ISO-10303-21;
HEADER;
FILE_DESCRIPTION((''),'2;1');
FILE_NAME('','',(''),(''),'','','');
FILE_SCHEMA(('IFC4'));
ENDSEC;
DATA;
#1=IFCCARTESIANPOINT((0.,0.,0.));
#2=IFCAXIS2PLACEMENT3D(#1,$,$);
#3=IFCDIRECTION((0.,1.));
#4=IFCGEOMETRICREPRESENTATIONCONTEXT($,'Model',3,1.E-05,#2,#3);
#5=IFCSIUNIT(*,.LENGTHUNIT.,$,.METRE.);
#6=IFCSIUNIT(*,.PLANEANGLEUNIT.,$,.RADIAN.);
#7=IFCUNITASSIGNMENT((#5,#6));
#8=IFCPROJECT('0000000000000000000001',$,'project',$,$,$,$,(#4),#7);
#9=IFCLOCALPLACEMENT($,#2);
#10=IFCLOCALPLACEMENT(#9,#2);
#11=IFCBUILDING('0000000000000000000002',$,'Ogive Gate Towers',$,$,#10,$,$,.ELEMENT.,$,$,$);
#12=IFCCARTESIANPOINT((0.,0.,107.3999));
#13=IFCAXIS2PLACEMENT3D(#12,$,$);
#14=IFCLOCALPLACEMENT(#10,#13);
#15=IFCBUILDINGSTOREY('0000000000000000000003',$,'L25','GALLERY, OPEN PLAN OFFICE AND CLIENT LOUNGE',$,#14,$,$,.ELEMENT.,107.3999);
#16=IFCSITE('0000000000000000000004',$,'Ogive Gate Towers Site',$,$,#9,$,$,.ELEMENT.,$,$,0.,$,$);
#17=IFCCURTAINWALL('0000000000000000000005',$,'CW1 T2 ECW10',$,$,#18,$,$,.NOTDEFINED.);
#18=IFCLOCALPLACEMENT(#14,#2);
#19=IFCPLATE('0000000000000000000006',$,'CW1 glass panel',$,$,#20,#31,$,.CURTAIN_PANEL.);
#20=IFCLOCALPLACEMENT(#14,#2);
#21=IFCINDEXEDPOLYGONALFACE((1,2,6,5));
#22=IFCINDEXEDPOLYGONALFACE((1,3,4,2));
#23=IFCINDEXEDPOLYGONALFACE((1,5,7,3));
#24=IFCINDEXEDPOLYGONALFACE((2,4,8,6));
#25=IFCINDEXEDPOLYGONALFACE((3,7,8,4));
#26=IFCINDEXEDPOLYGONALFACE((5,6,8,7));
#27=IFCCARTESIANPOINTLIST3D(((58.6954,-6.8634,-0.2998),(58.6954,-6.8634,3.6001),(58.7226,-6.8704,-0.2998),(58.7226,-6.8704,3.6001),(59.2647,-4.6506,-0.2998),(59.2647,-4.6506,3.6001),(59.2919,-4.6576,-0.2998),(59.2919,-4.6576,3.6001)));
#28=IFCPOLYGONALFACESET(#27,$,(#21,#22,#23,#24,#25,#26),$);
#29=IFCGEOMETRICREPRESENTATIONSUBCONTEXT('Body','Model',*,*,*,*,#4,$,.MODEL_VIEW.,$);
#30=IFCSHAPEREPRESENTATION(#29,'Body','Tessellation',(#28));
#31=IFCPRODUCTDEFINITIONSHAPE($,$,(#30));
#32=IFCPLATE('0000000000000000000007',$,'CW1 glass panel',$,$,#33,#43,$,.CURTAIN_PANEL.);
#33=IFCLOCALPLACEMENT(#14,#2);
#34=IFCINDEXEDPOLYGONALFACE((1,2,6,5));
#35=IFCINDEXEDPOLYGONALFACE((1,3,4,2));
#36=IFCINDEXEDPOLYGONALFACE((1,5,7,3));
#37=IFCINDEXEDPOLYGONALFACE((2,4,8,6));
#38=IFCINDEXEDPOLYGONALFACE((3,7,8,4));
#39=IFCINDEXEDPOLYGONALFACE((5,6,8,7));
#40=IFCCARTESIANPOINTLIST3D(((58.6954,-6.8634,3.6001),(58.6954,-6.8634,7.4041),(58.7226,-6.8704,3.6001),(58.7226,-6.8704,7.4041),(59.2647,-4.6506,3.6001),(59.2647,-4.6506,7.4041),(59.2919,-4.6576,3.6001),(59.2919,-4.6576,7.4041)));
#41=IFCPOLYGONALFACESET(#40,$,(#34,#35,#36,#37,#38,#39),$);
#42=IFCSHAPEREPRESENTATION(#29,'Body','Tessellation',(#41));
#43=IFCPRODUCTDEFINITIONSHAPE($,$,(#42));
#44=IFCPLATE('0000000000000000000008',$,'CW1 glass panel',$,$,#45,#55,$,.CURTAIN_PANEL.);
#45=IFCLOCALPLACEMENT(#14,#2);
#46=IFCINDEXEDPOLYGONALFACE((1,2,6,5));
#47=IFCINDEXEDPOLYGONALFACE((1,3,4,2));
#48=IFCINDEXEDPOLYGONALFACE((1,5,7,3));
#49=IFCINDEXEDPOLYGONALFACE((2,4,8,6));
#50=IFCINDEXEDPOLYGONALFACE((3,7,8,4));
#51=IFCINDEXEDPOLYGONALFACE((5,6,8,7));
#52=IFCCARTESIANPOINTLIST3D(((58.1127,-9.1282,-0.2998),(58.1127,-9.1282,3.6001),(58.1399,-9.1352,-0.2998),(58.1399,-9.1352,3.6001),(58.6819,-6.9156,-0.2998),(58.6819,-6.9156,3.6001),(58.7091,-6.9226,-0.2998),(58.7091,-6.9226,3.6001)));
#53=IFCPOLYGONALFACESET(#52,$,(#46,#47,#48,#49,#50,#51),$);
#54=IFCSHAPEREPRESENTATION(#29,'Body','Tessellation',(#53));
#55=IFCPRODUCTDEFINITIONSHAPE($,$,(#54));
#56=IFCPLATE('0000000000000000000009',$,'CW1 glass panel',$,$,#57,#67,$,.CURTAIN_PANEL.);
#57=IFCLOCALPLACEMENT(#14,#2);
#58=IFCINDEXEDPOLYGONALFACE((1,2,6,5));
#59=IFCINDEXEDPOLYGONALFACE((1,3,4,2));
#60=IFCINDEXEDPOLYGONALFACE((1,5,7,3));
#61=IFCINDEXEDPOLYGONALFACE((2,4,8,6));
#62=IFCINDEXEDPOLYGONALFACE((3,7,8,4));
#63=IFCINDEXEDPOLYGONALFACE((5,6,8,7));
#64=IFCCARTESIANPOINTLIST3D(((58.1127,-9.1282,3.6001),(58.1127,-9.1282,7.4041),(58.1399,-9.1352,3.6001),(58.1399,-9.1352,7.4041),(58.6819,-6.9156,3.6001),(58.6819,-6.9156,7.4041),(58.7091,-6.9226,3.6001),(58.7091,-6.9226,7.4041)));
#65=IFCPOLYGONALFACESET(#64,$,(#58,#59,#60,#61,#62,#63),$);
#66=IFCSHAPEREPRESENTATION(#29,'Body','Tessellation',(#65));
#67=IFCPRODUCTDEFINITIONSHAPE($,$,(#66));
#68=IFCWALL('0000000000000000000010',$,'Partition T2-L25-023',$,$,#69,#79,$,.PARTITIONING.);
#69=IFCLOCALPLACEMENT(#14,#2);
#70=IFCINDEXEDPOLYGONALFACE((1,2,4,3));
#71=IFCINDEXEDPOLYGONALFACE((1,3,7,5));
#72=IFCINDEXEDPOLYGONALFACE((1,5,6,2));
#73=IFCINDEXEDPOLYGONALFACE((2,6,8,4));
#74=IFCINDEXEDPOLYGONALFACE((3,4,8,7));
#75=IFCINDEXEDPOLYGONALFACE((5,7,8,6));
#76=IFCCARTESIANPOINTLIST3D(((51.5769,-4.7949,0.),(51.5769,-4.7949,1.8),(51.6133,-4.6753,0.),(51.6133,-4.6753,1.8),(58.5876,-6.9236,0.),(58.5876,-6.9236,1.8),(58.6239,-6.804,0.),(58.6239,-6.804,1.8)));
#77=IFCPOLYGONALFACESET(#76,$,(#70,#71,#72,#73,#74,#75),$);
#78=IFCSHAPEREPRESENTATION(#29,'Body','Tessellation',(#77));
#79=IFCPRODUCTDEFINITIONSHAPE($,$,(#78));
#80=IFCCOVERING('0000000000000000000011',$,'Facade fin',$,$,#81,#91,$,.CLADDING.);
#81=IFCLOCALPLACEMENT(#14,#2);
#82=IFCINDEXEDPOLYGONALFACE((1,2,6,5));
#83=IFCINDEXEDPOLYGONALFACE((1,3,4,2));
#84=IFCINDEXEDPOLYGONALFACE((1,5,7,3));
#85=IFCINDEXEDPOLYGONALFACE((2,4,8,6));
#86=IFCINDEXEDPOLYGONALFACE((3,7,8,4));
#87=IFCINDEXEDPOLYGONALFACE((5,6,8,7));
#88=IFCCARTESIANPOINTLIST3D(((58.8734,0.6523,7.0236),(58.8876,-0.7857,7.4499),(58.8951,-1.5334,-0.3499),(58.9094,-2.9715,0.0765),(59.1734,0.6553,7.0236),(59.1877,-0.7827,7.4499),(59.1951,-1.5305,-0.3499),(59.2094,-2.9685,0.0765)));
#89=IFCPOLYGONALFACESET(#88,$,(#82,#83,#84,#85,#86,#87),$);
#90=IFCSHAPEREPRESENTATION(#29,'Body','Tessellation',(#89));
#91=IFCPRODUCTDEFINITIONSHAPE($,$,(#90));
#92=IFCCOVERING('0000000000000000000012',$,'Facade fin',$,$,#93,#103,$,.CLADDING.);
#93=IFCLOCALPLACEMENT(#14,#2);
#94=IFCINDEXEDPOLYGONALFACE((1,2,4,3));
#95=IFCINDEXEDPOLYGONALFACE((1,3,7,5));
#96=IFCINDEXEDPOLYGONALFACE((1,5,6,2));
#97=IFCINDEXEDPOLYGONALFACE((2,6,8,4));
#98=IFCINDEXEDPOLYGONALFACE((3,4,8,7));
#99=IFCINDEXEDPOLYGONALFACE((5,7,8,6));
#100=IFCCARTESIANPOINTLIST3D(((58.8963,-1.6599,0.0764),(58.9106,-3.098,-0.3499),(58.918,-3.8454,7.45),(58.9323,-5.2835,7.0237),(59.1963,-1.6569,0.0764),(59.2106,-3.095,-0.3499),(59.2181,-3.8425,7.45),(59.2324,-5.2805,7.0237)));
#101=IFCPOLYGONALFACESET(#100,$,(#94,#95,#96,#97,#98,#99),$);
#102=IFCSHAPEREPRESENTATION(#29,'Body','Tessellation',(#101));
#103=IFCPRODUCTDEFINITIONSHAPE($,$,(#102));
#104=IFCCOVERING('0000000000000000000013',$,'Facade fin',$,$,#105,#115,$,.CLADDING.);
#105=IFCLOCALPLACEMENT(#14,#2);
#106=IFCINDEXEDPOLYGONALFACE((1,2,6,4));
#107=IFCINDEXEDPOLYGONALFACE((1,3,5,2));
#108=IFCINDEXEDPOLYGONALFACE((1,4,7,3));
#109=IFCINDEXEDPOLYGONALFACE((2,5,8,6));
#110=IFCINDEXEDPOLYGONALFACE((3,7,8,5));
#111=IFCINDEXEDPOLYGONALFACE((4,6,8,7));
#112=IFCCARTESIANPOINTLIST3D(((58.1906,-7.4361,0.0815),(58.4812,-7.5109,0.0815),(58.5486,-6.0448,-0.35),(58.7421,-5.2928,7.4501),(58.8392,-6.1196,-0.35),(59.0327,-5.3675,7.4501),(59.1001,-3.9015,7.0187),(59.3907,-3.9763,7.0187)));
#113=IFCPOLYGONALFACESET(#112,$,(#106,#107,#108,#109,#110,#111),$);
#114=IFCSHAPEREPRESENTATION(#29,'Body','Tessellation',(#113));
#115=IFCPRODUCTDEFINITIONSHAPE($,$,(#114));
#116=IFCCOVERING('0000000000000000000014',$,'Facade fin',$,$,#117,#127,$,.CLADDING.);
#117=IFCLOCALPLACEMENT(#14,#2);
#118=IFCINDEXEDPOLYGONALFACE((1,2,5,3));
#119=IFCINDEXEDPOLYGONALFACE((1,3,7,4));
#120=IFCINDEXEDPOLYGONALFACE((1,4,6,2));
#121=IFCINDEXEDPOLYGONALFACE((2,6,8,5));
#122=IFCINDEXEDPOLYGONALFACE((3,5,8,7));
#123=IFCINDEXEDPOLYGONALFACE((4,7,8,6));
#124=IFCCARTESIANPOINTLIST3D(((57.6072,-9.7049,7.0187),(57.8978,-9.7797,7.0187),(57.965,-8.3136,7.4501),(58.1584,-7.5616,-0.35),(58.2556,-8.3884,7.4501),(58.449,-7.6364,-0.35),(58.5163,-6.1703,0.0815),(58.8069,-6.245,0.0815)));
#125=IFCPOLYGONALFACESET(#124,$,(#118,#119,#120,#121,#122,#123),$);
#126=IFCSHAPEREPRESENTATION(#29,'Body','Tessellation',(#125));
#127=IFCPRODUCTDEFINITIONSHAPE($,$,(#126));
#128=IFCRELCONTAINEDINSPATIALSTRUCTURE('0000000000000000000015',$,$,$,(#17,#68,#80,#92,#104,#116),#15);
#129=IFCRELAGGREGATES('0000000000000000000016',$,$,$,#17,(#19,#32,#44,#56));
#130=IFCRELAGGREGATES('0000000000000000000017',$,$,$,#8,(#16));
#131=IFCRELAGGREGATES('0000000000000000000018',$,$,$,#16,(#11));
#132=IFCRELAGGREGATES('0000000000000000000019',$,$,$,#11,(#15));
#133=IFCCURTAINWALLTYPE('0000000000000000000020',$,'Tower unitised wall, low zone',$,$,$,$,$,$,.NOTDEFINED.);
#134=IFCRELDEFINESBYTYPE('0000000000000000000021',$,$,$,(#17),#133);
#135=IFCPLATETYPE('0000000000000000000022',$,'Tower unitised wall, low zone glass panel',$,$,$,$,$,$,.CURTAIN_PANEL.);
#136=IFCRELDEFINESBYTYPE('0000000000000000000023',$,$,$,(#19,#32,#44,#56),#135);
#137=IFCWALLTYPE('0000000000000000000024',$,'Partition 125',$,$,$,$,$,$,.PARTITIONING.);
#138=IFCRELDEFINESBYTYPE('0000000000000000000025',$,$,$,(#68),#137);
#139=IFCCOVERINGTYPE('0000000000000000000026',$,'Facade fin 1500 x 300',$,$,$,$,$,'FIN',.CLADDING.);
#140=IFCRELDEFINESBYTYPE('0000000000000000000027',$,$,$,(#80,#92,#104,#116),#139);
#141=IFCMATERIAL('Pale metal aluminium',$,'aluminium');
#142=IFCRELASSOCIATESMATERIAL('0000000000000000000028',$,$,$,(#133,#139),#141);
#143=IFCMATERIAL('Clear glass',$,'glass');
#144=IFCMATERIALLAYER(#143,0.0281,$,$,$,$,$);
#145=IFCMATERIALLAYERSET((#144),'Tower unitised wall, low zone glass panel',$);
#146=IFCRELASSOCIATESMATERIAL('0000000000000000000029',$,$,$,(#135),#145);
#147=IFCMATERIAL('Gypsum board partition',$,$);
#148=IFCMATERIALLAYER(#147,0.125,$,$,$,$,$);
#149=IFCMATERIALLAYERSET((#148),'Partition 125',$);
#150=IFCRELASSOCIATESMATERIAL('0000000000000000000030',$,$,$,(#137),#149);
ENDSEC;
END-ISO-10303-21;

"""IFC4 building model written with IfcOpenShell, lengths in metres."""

from ifc_helpers import new_model, si_unit, direction, frame, frame_2d, origin, origin_2d, place, context, subcontext, project, spatial, rectangle, extrude, material, layer, layer_set, material_profile, profile_set, type_object, element, aggregate, save


model = new_model("IFC4")

# Units and contexts
model_context = context("Model", 3, precision=1e-05, world=origin(), true_north=direction((0.0, 1.0)))
body_context = subcontext(model_context, "Body", "Model", "MODEL_VIEW")
ifc_project = project(units=[si_unit("LENGTHUNIT", "METRE"), si_unit("PLANEANGLEUNIT", "RADIAN")], contexts=[model_context])

# Site, building, storey
site_placement = place(None, origin())
site = spatial("IfcSite", under=ifc_project, at=site_placement, Name="Ogive Gate Towers Site", CompositionType="ELEMENT", RefElevation=0.0)
building_placement = place(site_placement, origin())
building = spatial("IfcBuilding", under=site, at=building_placement, Name="Ogive Gate Towers", CompositionType="ELEMENT")
storey_placement = place(building_placement, frame((0.0, 0.0, 107.3999)))
storey = spatial("IfcBuildingStorey", under=building, at=storey_placement, Name="L25", Description="GALLERY, OPEN PLAN OFFICE AND CLIENT LOUNGE", CompositionType="ELEMENT", Elevation=107.3999)

# Shared definitions
ifc_material_1 = material(Name="Pale metal aluminium", Category="aluminium")
curtain_wall_type = type_object("IfcCurtainWallType", Name="Tower unitised wall, low zone", PredefinedType="NOTDEFINED", material=ifc_material_1)

# Curtain wall, plates
curtain_wall_1_placement = place(storey_placement, origin())
curtain_wall_1 = element("IfcCurtainWall", 1, at=curtain_wall_1_placement, inside=storey, type_object=curtain_wall_type, Name="CW1 T2 ECW10", PredefinedType="NOTDEFINED")
ifc_material_2 = material(Name="Clear glass", Category="glass")
ifc_layer_1 = layer(ifc_material_2, 0.0281)
ifc_layer_set_1 = layer_set([ifc_layer_1], Name="Tower unitised wall, low zone glass panel")
plate_type = type_object("IfcPlateType", Name="Tower unitised wall, low zone glass panel", PredefinedType="CURTAIN_PANEL", material=ifc_layer_set_1)
plate_1_placement = place(storey_placement, frame((58.9937, -5.7605, -0.2998), z_axis=(0.0, 0.0, 1.0), x_axis=(-0.249146, -0.968466, 0.0)))
plate_1 = element("IfcPlate", 2, at=plate_1_placement, type_object=plate_type, Name="CW1 glass panel", PredefinedType="CURTAIN_PANEL", context=body_context, shape_type="SweptSolid", body=[
    extrude(rectangle(XDim=2.2849, YDim=0.0281, at=origin_2d()), origin(), (0.0, 0.0, 1.0), 3.8999),
])
plate_2_placement = place(storey_placement, frame((58.9937, -5.7605, 3.6001), z_axis=(0.0, 0.0, 1.0), x_axis=(-0.249146, -0.968466, 0.0)))
plate_2 = element("IfcPlate", 3, at=plate_2_placement, type_object=plate_type, Name="CW1 glass panel", PredefinedType="CURTAIN_PANEL", context=body_context, shape_type="SweptSolid", body=[
    extrude(rectangle(XDim=2.2849, YDim=0.0281, at=origin_2d()), origin(), (0.0, 0.0, 1.0), 3.804),
])
plate_3_placement = place(storey_placement, frame((58.4109, -8.0254, -0.2998), z_axis=(0.0, 0.0, 1.0), x_axis=(-0.249112, -0.968475, 0.0)))
plate_3 = element("IfcPlate", 4, at=plate_3_placement, type_object=plate_type, Name="CW1 glass panel", PredefinedType="CURTAIN_PANEL", context=body_context, shape_type="SweptSolid", body=[
    extrude(rectangle(XDim=2.2847, YDim=0.0281, at=origin_2d()), origin(), (0.0, 0.0, 1.0), 3.8999),
])
plate_4_placement = place(storey_placement, frame((58.4109, -8.0254, 3.6001), z_axis=(0.0, 0.0, 1.0), x_axis=(-0.249112, -0.968475, 0.0)))
plate_4 = element("IfcPlate", 5, at=plate_4_placement, type_object=plate_type, Name="CW1 glass panel", PredefinedType="CURTAIN_PANEL", context=body_context, shape_type="SweptSolid", body=[
    extrude(rectangle(XDim=2.2847, YDim=0.0281, at=origin_2d()), origin(), (0.0, 0.0, 1.0), 3.804),
])
aggregate(curtain_wall_1, [plate_1, plate_2, plate_3, plate_4])

# Wall
ifc_material_3 = material(Name="Gypsum board partition")
ifc_layer_2 = layer(ifc_material_3, 0.125)
ifc_layer_set_2 = layer_set([ifc_layer_2], Name="Partition 125")
wall_type = type_object("IfcWallType", Name="Partition 125", PredefinedType="PARTITIONING", material=ifc_layer_set_2)
wall_placement = place(storey_placement, frame((58.6057, -6.8638, 0.0), z_axis=(0.0, 0.0, 1.0), x_axis=(-0.956863, 0.290541, 0.0)))
element("IfcWall", 6, at=wall_placement, inside=storey, type_object=wall_type, Name="Partition T2-L25-023", PredefinedType="PARTITIONING", context=body_context, shape_type="SweptSolid", body=[
    extrude(rectangle(XDim=7.3267, YDim=0.125, at=frame_2d((3.6633, 0.0))), origin(), (0.0, 0.0, 1.0), 1.8),
])

# Coverings
ifc_material_profile_1 = material_profile(ifc_material_1, rectangle(XDim=0.3, YDim=1.5, at=origin_2d()), Name="1500 x 300 pale metal aluminium")
ifc_profile_set_1 = profile_set([ifc_material_profile_1], Name="Pale metal aluminium")
covering_type = type_object("IfcCoveringType", Name="Facade fin 1500 x 300", ElementType="FIN", PredefinedType="CLADDING", material=ifc_profile_set_1)
for number, where, z_axis, x_axis, name in (
    (7, (59.0522, -2.251, -0.1367), (-0.002825, 0.284211, 0.958757), (-0.999951, -0.00994, 0.0), "Facade fin"),
    (8, (59.0535, -2.3774, -0.1367), (0.002825, -0.284182, 0.958766), (0.999951, 0.009941, 0.0), "Facade fin"),
):
    element("IfcCovering", number, at=place(storey_placement, frame(where, z_axis=z_axis, x_axis=x_axis)), inside=storey, type_object=covering_type, Name=name, PredefinedType="CLADDING", context=body_context, shape_type="SweptSolid", body=[
        extrude(rectangle(XDim=0.3, YDim=1.5, at=origin_2d()), origin(), (0.0, 0.0, 1.0), 7.6907),
    ])
for number, where, z_axis, x_axis, name in (
    (9, (58.5149, -6.7778, -0.1343), (0.071683, 0.278575, 0.957736), (-0.968452, 0.249201, 0.0), "Facade fin"),
    (10, (58.4827, -6.9033, -0.1343), (-0.071651, -0.278576, 0.957738), (0.968478, -0.249097, 0.0), "Facade fin"),
):
    element("IfcCovering", number, at=place(storey_placement, frame(where, z_axis=z_axis, x_axis=x_axis)), inside=storey, type_object=covering_type, Name=name, PredefinedType="CLADDING", context=body_context, shape_type="SweptSolid", body=[
        extrude(rectangle(XDim=0.3, YDim=1.5, at=origin_2d()), origin(), (0.0, 0.0, 1.0), 7.6938),
    ])

save(model, "model.ifc")
